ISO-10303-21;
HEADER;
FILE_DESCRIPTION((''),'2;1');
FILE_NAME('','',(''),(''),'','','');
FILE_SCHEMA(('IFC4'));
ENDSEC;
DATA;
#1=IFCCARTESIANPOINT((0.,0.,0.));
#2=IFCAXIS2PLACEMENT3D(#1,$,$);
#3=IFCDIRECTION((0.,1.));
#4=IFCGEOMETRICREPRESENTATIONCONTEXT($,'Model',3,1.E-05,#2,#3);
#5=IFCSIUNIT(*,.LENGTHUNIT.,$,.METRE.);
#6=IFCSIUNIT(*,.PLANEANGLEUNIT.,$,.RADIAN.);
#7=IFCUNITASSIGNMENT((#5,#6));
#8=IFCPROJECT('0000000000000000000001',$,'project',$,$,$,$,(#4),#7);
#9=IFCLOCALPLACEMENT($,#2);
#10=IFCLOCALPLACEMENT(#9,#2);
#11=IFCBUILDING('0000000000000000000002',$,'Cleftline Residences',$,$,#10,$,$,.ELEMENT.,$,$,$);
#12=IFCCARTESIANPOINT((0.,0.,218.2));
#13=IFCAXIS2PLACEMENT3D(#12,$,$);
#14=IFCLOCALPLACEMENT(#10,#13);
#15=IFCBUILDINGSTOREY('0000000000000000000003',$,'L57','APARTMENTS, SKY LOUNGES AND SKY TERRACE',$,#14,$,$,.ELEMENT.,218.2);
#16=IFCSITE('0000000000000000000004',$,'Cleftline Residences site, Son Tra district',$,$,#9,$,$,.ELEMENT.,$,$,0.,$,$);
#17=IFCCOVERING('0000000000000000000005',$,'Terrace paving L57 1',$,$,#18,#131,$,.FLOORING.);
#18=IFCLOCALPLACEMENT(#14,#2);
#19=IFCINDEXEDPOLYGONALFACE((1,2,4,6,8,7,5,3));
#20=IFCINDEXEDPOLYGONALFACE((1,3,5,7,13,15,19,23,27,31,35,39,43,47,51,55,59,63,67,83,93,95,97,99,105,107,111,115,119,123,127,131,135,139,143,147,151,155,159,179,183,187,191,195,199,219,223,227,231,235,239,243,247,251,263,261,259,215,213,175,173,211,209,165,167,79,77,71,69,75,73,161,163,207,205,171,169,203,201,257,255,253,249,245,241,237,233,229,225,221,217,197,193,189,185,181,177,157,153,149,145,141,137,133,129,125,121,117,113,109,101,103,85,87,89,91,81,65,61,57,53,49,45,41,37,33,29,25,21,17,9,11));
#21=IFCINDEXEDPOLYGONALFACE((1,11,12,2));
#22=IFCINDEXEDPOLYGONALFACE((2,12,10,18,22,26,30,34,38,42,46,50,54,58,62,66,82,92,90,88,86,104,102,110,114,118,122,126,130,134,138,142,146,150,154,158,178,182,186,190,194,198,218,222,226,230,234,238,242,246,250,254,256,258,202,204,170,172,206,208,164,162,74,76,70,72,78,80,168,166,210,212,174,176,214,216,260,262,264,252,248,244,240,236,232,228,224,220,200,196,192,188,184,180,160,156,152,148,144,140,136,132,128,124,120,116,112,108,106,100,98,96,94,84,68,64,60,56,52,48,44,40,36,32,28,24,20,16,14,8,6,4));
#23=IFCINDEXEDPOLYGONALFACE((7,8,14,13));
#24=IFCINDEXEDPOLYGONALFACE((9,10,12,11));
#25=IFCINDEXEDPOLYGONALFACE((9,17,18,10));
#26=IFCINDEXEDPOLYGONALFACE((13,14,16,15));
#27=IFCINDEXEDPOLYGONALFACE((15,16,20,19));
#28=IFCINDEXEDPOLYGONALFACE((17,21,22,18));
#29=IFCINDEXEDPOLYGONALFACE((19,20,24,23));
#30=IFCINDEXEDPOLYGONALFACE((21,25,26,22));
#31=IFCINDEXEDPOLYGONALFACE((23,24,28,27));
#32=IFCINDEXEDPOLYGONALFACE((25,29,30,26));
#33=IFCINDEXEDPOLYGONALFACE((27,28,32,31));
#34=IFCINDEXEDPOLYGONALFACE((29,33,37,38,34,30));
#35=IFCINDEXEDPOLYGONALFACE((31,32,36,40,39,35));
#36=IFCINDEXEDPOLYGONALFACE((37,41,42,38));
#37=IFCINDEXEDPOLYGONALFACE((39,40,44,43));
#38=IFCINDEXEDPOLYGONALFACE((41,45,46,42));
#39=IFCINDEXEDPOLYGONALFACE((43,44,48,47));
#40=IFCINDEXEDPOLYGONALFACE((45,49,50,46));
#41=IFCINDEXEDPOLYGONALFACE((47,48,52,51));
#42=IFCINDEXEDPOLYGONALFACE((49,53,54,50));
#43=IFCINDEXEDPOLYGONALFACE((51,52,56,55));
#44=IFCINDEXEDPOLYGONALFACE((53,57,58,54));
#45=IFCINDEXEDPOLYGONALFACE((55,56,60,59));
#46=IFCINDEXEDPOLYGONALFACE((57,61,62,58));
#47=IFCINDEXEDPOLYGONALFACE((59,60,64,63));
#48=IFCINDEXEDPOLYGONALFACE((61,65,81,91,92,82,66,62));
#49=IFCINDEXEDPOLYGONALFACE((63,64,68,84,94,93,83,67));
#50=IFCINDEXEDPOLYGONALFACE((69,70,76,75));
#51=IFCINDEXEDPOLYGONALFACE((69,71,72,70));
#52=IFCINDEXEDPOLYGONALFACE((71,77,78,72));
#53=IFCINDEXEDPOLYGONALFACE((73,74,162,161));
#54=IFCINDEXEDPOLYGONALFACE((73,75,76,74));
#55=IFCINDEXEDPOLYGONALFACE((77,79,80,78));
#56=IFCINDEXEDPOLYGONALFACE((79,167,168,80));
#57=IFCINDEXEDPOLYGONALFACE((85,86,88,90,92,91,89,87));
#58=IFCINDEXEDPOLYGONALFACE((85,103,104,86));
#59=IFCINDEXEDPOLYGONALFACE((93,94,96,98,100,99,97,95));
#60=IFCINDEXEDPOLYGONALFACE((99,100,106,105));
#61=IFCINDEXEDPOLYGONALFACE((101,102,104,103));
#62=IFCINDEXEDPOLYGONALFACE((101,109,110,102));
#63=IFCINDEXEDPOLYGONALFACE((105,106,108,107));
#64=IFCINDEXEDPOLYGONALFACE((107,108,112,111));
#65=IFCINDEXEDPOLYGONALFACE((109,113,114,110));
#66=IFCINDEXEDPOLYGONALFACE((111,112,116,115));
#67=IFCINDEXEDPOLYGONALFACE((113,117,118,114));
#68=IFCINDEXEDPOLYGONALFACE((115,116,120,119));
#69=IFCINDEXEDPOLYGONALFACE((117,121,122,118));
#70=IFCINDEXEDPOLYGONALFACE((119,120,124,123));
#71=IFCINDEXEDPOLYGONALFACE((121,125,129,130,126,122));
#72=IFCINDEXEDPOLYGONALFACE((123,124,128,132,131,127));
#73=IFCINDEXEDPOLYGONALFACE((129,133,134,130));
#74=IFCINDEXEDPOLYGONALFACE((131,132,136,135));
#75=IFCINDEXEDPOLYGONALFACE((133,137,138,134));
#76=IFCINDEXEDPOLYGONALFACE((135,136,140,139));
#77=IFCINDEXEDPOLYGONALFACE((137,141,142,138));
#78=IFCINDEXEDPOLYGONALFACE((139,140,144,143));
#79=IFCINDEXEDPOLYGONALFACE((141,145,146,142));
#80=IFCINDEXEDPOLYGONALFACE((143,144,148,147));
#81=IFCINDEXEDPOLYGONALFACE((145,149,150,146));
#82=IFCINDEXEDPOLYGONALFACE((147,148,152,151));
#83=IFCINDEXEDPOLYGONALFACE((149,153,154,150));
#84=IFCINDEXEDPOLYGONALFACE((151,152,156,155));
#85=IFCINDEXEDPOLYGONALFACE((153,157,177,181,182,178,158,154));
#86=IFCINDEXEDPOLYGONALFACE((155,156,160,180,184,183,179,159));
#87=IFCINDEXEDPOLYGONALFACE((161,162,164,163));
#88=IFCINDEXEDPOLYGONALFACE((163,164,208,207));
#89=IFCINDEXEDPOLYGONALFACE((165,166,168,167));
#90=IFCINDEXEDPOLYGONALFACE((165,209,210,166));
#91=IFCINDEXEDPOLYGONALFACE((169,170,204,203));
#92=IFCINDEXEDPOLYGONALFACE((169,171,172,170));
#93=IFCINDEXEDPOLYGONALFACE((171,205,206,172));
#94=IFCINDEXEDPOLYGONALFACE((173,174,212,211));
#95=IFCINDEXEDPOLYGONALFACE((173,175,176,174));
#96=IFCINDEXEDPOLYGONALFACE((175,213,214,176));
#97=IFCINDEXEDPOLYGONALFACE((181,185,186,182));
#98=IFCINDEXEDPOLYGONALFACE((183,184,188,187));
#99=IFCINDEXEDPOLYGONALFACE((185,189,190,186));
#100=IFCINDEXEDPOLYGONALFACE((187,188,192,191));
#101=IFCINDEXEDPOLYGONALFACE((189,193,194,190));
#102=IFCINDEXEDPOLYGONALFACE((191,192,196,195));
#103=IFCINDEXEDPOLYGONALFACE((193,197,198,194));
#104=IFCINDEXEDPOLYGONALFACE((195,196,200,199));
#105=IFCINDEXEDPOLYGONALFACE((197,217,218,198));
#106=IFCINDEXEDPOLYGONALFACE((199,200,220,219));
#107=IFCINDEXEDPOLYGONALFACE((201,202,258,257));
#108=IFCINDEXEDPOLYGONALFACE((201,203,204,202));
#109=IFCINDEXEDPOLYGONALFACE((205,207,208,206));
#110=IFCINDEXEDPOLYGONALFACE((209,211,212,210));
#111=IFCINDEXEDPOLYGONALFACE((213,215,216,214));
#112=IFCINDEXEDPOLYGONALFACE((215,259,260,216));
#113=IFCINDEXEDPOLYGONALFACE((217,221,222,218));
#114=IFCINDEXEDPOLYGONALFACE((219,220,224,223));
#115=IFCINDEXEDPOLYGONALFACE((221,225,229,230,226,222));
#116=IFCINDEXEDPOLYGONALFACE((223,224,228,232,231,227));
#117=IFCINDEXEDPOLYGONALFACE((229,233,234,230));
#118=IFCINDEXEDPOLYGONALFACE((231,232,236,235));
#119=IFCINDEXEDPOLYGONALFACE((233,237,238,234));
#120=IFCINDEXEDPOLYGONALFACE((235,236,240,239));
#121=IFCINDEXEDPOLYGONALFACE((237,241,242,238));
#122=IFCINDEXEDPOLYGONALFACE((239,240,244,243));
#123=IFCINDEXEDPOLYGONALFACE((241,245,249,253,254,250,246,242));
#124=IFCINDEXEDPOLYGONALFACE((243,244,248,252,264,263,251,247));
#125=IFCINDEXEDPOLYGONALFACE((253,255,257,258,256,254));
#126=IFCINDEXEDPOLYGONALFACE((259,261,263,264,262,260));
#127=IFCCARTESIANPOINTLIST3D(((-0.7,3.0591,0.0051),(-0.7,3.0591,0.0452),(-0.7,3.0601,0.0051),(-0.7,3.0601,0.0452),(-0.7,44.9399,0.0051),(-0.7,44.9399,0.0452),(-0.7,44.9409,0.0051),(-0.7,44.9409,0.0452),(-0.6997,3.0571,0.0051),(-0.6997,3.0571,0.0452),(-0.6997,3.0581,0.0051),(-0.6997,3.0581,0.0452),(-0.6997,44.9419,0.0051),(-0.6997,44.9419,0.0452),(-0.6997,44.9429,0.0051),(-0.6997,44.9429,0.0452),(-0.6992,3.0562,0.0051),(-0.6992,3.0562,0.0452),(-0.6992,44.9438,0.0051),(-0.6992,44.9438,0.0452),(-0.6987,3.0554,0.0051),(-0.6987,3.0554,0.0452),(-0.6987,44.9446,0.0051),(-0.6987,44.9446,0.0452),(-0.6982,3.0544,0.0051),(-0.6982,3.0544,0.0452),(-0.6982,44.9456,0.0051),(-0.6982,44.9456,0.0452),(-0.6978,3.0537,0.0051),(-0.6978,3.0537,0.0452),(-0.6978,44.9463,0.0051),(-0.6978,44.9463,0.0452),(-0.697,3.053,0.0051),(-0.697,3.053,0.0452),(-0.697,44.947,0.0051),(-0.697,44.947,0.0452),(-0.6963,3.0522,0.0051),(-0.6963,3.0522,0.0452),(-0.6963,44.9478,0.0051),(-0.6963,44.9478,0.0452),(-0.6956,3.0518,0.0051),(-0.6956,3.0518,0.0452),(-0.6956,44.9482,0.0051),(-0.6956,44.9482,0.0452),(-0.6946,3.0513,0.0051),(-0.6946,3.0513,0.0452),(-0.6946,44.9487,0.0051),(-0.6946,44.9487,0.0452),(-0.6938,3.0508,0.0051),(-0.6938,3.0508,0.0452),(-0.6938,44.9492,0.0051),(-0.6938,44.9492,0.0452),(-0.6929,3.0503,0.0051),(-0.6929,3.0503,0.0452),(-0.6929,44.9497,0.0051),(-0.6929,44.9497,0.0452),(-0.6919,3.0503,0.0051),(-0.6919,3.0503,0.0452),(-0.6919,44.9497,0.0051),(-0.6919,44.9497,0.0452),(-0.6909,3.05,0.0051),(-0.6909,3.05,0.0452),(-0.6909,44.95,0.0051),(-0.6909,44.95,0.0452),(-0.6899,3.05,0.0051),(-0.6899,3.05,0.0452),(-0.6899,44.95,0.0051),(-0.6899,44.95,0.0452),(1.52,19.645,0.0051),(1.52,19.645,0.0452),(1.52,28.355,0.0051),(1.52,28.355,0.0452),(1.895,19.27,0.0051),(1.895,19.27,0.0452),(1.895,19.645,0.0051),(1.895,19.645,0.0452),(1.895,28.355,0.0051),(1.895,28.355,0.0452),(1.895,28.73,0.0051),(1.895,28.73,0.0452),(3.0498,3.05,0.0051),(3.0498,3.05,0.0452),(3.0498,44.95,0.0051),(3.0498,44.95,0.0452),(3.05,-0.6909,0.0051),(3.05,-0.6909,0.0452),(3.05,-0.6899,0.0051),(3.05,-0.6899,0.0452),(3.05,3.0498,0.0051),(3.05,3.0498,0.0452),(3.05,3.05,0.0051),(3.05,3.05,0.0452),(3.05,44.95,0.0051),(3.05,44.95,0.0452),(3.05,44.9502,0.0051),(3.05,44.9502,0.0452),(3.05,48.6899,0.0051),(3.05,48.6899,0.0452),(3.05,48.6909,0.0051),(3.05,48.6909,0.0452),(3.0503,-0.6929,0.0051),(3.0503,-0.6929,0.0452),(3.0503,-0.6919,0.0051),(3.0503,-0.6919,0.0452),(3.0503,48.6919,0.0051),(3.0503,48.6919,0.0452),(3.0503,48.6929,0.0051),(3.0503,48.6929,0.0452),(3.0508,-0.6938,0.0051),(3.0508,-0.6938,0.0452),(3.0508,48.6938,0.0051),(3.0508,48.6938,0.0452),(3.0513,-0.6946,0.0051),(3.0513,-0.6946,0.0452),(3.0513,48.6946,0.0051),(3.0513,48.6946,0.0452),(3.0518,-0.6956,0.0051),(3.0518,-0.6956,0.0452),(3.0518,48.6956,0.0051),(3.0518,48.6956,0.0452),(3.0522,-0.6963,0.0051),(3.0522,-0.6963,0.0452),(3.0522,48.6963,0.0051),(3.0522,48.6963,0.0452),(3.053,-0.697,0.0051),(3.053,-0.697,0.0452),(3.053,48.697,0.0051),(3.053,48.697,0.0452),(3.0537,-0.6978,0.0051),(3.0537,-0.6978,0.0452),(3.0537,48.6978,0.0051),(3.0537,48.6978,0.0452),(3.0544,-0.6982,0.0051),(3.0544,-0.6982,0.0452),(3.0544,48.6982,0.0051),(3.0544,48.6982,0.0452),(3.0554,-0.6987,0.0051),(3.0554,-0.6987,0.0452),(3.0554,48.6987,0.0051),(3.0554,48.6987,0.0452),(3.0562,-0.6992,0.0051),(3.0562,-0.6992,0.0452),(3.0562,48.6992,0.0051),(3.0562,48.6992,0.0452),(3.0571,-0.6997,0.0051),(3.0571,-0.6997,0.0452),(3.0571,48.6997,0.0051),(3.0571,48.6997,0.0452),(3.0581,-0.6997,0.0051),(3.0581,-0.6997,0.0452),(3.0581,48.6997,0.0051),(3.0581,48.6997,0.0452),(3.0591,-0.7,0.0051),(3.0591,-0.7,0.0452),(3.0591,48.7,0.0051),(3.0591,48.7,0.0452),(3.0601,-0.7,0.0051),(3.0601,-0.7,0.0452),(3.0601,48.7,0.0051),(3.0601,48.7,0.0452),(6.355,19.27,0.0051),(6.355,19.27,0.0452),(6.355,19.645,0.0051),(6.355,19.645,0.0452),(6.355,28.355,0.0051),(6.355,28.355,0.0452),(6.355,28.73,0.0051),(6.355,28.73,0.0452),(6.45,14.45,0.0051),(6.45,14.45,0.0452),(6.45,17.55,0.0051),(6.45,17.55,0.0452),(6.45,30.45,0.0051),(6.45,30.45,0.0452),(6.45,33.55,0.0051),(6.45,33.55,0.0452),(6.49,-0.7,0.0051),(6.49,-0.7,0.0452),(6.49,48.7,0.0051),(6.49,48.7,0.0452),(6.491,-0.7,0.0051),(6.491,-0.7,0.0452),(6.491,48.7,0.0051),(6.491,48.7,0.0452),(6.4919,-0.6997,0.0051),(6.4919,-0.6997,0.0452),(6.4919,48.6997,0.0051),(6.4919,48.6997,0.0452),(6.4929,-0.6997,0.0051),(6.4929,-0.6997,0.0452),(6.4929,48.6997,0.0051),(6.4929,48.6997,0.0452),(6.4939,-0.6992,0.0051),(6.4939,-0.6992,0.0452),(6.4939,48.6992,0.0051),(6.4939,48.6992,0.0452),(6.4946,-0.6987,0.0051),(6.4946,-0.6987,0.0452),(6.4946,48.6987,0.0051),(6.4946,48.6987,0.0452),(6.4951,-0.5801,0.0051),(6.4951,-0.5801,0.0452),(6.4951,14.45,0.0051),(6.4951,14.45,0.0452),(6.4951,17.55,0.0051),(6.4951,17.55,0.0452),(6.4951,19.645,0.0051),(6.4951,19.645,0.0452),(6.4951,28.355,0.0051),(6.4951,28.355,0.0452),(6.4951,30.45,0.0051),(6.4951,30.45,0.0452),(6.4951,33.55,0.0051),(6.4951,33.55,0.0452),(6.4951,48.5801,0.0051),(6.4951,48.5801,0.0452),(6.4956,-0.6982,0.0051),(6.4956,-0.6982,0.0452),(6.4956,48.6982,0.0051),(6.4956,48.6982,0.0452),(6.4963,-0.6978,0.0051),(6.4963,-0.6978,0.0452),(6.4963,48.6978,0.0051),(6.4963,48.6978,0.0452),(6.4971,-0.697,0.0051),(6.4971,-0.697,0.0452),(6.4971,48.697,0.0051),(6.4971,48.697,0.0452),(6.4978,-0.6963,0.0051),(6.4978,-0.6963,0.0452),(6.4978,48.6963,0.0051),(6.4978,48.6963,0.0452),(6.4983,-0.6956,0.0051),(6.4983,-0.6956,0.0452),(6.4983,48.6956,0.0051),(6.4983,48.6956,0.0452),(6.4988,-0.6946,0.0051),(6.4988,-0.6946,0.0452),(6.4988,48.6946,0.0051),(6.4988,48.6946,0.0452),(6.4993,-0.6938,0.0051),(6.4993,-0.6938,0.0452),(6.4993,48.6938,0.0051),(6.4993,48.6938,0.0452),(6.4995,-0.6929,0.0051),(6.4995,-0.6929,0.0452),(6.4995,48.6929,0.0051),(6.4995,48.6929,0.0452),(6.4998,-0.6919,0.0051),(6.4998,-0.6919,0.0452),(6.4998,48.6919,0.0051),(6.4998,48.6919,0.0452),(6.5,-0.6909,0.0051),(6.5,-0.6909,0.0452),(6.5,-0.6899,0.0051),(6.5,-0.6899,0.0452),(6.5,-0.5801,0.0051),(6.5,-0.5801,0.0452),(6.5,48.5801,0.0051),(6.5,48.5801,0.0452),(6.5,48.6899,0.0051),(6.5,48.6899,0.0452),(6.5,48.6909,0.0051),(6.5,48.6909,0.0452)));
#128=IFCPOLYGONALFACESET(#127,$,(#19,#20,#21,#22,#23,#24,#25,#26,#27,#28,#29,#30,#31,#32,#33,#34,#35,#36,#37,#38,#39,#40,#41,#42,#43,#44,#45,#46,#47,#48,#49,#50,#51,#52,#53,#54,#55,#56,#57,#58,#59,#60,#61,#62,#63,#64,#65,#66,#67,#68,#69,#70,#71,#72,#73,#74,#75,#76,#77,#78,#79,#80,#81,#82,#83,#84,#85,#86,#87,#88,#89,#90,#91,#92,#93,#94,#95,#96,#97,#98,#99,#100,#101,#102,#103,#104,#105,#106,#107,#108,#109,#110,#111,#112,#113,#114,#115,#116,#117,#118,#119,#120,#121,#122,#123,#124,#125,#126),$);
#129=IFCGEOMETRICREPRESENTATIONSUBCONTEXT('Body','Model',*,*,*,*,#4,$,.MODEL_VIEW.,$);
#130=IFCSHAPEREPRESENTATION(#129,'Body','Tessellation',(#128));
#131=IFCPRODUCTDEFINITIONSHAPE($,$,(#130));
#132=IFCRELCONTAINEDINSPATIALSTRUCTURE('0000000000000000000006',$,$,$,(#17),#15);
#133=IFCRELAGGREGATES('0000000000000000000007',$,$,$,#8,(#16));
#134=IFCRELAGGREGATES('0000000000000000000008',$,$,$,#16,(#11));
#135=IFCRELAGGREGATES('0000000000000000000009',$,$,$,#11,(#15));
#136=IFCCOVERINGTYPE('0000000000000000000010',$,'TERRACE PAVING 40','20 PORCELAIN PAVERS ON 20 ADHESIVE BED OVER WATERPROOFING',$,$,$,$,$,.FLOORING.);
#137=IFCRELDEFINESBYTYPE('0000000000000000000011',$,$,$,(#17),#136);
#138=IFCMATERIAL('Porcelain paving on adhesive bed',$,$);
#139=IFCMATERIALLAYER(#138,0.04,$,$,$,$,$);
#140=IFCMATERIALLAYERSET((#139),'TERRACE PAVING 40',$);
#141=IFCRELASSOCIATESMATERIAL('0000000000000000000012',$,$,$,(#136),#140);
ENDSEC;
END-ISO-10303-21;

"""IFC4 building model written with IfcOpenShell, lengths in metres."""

from ifc_helpers import new_model, si_unit, direction, frame, origin, place, context, subcontext, project, spatial, polyline, outline, extrude, material, layer, layer_set, type_object, element, save


model = new_model("IFC4")

# Units and contexts
model_context = context("Model", 3, precision=1e-05, world=origin(), true_north=direction((0.0, 1.0)))
body_context = subcontext(model_context, "Body", "Model", "MODEL_VIEW")
ifc_project = project(units=[si_unit("LENGTHUNIT", "METRE"), si_unit("PLANEANGLEUNIT", "RADIAN")], contexts=[model_context])

# Site, building, storey
site_placement = place(None, origin())
site = spatial("IfcSite", under=ifc_project, at=site_placement, Name="Cleftline Residences site, Son Tra district", CompositionType="ELEMENT", RefElevation=0.0)
building_placement = place(site_placement, origin())
building = spatial("IfcBuilding", under=site, at=building_placement, Name="Cleftline Residences", CompositionType="ELEMENT")
storey_placement = place(building_placement, frame((0.0, 0.0, 218.2)))
storey = spatial("IfcBuildingStorey", under=building, at=storey_placement, Name="L57", Description="APARTMENTS, SKY LOUNGES AND SKY TERRACE", CompositionType="ELEMENT", Elevation=218.2)

# Covering
ifc_material_1 = material(Name="Porcelain paving on adhesive bed")
ifc_layer_1 = layer(ifc_material_1, 0.04)
ifc_layer_set_1 = layer_set([ifc_layer_1], Name="TERRACE PAVING 40")
covering_type_1 = type_object("IfcCoveringType", Name="TERRACE PAVING 40", Description="20 PORCELAIN PAVERS ON 20 ADHESIVE BED OVER WATERPROOFING", PredefinedType="FLOORING", material=ifc_layer_set_1)
covering_1_placement = place(storey_placement, frame((0.0, 0.0, 0.0051)))
element("IfcCovering", 1, at=covering_1_placement, inside=storey, type_object=covering_type_1, Name="Terrace paving L57 1", PredefinedType="FLOORING", context=body_context, shape_type="SweptSolid", body=[
    extrude(outline(polyline([(3.05, 3.0498), (3.05, -0.6899), (3.05, -0.6909), (3.0503, -0.6919), (3.0503, -0.6929), (3.0508, -0.6938), (3.0513, -0.6946), (3.0518, -0.6956), (3.0522, -0.6963), (3.053, -0.697), (3.0537, -0.6978), (3.0544, -0.6982), (3.0554, -0.6987), (3.0562, -0.6992), (3.0571, -0.6997), (3.0581, -0.6997), (3.0591, -0.7), (3.0601, -0.7), (6.49, -0.7), (6.491, -0.7), (6.4919, -0.6997), (6.4929, -0.6997), (6.4939, -0.6992), (6.4946, -0.6987), (6.4956, -0.6982), (6.4963, -0.6978), (6.4971, -0.697), (6.4978, -0.6963), (6.4983, -0.6956), (6.4988, -0.6946), (6.4993, -0.6938), (6.4995, -0.6929), (6.4998, -0.6919), (6.5, -0.6909), (6.5, -0.6899), (6.5, -0.5801), (6.4951, -0.5801), (6.4951, 14.45), (6.45, 14.45), (6.45, 17.55), (6.4951, 17.55), (6.4951, 19.645), (6.355, 19.645), (6.355, 19.27), (1.895, 19.27), (1.895, 19.645), (1.52, 19.645), (1.52, 28.355), (1.895, 28.355), (1.895, 28.73), (6.355, 28.73), (6.355, 28.355), (6.4951, 28.355), (6.4951, 30.45), (6.45, 30.45), (6.45, 33.55), (6.4951, 33.55), (6.4951, 48.5801), (6.5, 48.5801), (6.5, 48.6899), (6.5, 48.6909), (6.4998, 48.6919), (6.4995, 48.6929), (6.4993, 48.6938), (6.4988, 48.6946), (6.4983, 48.6956), (6.4978, 48.6963), (6.4971, 48.697), (6.4963, 48.6978), (6.4956, 48.6982), (6.4946, 48.6987), (6.4939, 48.6992), (6.4929, 48.6997), (6.4919, 48.6997), (6.491, 48.7), (6.49, 48.7), (3.0601, 48.7), (3.0591, 48.7), (3.0581, 48.6997), (3.0571, 48.6997), (3.0562, 48.6992), (3.0554, 48.6987), (3.0544, 48.6982), (3.0537, 48.6978), (3.053, 48.697), (3.0522, 48.6963), (3.0518, 48.6956), (3.0513, 48.6946), (3.0508, 48.6938), (3.0503, 48.6929), (3.0503, 48.6919), (3.05, 48.6909), (3.05, 48.6899), (3.05, 44.9502), (3.05, 44.95), (3.0498, 44.95), (-0.6899, 44.95), (-0.6909, 44.95), (-0.6919, 44.9497), (-0.6929, 44.9497), (-0.6938, 44.9492), (-0.6946, 44.9487), (-0.6956, 44.9482), (-0.6963, 44.9478), (-0.697, 44.947), (-0.6978, 44.9463), (-0.6982, 44.9456), (-0.6987, 44.9446), (-0.6992, 44.9438), (-0.6997, 44.9429), (-0.6997, 44.9419), (-0.7, 44.9409), (-0.7, 44.9399), (-0.7, 3.0601), (-0.7, 3.0591), (-0.6997, 3.0581), (-0.6997, 3.0571), (-0.6992, 3.0562), (-0.6987, 3.0554), (-0.6982, 3.0544), (-0.6978, 3.0537), (-0.697, 3.053), (-0.6963, 3.0522), (-0.6956, 3.0518), (-0.6946, 3.0513), (-0.6938, 3.0508), (-0.6929, 3.0503), (-0.6919, 3.0503), (-0.6909, 3.05), (-0.6899, 3.05), (3.0498, 3.05), (3.05, 3.05), (3.05, 3.0498)])), origin(), (0.0, 0.0, 1.0), 0.04),
])

save(model, "model.ifc")
